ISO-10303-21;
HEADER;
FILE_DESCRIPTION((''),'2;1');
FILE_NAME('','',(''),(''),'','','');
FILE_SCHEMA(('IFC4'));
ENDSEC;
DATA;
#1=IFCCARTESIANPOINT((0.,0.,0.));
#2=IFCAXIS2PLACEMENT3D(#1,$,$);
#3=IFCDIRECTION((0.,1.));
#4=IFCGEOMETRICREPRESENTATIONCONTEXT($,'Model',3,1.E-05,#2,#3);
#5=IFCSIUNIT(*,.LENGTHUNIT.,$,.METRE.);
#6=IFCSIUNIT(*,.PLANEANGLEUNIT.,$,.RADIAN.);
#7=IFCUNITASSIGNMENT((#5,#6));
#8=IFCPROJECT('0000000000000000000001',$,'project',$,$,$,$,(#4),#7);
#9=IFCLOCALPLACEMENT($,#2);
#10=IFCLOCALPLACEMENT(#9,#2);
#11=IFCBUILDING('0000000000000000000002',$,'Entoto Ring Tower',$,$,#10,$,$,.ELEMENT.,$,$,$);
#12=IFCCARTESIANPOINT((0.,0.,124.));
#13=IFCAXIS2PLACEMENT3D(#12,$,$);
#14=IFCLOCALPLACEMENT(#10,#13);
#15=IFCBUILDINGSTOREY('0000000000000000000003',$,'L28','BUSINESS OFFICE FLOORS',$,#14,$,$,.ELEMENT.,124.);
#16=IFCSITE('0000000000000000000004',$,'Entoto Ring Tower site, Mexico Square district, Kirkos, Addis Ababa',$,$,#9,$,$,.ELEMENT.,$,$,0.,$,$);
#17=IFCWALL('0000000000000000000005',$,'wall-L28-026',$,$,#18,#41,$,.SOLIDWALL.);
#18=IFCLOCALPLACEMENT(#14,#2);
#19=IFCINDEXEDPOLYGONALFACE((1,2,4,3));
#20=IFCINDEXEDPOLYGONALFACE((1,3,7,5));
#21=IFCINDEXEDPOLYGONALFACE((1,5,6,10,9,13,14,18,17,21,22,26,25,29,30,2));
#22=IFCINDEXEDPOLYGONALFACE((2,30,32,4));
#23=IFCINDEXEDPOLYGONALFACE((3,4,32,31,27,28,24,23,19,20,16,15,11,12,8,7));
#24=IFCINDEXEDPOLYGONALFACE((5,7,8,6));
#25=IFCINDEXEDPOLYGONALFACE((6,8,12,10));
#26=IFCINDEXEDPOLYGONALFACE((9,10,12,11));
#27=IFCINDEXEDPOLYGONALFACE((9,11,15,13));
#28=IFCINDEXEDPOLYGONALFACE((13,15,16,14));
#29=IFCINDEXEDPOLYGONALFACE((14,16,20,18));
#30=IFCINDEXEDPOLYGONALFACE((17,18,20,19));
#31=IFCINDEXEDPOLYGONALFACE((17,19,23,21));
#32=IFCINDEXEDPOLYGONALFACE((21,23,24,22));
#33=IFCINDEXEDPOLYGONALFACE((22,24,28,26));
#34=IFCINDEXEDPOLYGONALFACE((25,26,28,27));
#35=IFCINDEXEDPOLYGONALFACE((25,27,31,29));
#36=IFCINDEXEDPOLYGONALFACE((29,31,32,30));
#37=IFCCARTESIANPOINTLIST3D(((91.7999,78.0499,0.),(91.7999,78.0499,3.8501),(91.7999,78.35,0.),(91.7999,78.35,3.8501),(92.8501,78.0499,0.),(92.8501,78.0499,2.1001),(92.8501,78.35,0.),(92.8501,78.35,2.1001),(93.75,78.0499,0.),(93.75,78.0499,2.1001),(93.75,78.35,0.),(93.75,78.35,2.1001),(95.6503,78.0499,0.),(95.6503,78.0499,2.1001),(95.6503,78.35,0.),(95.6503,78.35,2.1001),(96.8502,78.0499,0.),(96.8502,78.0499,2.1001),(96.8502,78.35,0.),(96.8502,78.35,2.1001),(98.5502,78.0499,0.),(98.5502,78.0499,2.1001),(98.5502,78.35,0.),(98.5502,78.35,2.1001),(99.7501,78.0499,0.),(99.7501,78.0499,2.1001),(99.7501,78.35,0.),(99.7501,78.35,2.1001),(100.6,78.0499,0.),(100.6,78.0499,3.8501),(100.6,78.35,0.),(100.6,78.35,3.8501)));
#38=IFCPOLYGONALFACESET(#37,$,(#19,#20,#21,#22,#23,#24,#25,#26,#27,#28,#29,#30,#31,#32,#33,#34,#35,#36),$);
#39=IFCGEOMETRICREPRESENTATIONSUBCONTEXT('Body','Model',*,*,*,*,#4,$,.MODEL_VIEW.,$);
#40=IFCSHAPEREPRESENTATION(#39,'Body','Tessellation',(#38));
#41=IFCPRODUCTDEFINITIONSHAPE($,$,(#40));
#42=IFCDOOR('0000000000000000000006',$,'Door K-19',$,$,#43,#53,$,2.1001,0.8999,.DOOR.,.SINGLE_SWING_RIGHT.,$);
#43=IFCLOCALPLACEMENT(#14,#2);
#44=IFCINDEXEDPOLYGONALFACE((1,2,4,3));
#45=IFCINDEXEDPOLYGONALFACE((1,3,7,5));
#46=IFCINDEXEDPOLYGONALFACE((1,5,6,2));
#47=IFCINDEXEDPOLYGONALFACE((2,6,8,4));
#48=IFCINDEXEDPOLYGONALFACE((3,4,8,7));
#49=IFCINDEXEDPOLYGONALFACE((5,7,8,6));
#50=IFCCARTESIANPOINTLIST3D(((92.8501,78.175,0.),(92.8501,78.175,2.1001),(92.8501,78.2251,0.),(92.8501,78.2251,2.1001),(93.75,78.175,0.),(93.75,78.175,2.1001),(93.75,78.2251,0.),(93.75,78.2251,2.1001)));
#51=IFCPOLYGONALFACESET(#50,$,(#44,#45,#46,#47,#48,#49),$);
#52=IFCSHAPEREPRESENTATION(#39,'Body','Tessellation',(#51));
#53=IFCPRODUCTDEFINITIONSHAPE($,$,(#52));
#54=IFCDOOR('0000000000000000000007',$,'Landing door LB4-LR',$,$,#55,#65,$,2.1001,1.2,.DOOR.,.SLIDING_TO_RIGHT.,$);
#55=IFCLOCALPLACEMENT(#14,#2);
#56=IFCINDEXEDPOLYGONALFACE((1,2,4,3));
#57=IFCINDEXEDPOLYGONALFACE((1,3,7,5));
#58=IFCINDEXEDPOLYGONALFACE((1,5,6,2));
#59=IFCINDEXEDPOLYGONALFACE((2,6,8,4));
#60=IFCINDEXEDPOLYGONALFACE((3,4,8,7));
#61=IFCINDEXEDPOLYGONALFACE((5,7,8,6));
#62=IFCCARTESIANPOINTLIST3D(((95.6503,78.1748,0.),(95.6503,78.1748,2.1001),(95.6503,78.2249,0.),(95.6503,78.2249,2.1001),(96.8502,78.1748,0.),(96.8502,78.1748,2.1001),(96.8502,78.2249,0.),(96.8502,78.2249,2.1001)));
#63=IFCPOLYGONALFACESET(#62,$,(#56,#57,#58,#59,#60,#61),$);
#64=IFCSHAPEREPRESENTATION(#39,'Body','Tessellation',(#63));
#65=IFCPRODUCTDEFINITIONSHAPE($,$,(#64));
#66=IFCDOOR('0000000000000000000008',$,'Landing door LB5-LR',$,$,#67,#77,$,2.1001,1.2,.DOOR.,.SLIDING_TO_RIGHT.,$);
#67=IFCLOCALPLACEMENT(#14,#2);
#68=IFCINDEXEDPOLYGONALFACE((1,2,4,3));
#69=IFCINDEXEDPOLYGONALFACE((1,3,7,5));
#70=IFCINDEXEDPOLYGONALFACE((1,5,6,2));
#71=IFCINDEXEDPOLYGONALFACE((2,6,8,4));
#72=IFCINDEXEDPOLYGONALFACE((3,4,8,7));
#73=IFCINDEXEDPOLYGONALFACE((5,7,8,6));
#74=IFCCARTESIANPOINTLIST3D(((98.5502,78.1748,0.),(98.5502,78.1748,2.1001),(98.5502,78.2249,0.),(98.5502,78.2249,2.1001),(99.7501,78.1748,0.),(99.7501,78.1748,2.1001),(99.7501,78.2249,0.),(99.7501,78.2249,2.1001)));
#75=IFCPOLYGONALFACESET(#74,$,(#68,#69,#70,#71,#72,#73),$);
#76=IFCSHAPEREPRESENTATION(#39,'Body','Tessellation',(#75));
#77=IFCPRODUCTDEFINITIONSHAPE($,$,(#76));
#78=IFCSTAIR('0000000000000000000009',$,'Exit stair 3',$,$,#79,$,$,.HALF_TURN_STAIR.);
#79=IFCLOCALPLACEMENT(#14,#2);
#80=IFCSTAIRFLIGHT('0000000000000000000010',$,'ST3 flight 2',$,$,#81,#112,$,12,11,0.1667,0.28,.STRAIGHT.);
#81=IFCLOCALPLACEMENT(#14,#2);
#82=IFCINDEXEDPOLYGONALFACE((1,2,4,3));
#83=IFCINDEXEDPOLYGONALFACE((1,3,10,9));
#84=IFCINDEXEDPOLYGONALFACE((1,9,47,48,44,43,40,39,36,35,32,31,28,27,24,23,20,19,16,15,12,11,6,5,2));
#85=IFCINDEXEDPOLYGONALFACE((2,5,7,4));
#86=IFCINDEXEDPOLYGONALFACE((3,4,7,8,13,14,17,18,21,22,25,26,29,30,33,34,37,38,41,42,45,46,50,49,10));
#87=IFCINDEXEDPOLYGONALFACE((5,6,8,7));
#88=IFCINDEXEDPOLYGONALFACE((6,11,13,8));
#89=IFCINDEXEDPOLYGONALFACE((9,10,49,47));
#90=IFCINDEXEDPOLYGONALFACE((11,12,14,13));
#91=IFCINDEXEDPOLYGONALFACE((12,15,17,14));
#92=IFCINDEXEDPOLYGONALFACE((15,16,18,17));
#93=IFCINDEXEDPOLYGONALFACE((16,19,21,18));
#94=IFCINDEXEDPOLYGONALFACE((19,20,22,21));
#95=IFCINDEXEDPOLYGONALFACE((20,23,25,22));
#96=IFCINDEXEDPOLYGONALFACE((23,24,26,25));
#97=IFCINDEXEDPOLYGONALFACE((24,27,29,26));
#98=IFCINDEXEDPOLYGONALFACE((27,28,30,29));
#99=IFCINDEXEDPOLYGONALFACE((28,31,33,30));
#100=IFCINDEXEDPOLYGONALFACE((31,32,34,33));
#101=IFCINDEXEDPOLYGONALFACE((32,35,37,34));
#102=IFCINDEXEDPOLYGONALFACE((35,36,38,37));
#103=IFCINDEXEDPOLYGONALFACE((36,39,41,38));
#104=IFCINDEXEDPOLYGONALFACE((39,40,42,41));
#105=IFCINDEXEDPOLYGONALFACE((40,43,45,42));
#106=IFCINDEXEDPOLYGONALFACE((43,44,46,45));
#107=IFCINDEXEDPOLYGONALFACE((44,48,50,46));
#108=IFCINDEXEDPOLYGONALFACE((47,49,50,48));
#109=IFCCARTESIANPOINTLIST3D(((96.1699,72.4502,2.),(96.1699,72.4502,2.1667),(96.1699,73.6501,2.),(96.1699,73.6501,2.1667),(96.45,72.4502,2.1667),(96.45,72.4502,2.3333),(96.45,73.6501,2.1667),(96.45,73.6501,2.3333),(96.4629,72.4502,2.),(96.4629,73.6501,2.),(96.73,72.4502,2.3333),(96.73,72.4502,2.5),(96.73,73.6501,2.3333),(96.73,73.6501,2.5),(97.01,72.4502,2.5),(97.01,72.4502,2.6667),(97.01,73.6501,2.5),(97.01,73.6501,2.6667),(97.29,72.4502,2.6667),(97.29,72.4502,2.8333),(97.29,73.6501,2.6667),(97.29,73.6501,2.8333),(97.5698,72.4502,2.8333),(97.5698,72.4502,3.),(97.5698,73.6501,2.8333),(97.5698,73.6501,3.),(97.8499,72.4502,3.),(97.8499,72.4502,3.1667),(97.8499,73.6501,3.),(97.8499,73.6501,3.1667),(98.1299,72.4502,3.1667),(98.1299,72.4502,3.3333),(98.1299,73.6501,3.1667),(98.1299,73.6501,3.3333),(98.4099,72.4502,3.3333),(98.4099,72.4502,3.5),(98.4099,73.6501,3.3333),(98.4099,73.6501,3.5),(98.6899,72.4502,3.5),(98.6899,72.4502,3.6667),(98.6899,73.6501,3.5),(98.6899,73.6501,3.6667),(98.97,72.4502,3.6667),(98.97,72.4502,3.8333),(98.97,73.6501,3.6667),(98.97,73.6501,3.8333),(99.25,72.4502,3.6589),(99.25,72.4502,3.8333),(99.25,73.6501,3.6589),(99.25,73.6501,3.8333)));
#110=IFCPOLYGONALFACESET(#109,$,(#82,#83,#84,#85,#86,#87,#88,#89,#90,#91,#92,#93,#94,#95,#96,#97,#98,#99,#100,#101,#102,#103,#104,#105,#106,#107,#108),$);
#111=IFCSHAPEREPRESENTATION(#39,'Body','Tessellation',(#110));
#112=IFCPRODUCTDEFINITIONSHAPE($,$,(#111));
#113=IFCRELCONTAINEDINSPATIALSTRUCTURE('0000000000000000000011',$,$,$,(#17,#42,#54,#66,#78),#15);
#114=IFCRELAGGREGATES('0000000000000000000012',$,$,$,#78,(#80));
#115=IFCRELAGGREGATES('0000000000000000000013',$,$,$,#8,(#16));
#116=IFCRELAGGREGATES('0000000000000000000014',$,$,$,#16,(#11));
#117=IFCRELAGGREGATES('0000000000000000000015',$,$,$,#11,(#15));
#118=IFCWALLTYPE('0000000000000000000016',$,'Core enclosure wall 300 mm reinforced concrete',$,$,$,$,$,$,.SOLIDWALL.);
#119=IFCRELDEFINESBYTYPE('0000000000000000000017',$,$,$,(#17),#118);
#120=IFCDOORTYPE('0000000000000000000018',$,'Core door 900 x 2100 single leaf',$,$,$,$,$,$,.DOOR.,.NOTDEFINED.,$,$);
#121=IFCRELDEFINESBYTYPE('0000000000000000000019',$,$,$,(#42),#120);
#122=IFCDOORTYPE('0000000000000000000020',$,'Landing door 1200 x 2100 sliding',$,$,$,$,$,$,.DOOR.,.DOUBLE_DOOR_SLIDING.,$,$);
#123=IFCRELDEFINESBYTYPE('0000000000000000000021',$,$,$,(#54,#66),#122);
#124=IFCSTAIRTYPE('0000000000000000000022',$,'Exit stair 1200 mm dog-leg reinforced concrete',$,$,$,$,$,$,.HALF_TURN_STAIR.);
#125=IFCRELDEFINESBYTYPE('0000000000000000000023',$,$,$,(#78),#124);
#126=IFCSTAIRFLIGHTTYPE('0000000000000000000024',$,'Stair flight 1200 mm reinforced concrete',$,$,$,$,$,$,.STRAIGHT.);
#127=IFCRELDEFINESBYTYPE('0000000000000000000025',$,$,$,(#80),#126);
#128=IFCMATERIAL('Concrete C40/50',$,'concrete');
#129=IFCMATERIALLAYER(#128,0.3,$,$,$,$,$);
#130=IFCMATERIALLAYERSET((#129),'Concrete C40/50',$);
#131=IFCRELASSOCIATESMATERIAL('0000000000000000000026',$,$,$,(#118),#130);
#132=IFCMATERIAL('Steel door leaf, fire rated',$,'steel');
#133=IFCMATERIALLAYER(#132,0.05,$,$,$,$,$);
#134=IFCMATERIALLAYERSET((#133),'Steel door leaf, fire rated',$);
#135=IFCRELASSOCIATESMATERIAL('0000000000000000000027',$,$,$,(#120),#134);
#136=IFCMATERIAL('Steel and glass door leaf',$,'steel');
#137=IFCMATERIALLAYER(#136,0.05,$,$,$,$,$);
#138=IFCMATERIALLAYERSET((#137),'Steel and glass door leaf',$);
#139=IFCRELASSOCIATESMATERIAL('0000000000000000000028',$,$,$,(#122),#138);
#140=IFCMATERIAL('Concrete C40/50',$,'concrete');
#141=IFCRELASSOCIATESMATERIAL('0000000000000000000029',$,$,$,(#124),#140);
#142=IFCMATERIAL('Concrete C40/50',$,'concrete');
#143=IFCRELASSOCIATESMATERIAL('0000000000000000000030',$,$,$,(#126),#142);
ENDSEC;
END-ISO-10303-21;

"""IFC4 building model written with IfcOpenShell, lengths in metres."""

from ifc_helpers import new_model, si_unit, direction, frame, frame_2d, origin, place, context, subcontext, project, spatial, polyline, rectangle, outline, extrude, material, layer, layer_set, type_object, element, fill, aggregate, save


model = new_model("IFC4")

# Units and contexts
model_context = context("Model", 3, precision=1e-05, world=origin(), true_north=direction((0.0, 1.0)))
body_context = subcontext(model_context, "Body", "Model", "MODEL_VIEW")
ifc_project = project(units=[si_unit("LENGTHUNIT", "METRE"), si_unit("PLANEANGLEUNIT", "RADIAN")], contexts=[model_context])

# Site, building, storey
site_placement = place(None, origin())
site = spatial("IfcSite", under=ifc_project, at=site_placement, Name="Entoto Ring Tower site, Mexico Square district, Kirkos, Addis Ababa", CompositionType="ELEMENT", RefElevation=0.0)
building_placement = place(site_placement, origin())
building = spatial("IfcBuilding", under=site, at=building_placement, Name="Entoto Ring Tower", CompositionType="ELEMENT")
storey_placement = place(building_placement, frame((0.0, 0.0, 124.0)))
storey = spatial("IfcBuildingStorey", under=building, at=storey_placement, Name="L28", Description="BUSINESS OFFICE FLOORS", CompositionType="ELEMENT", Elevation=124.0)

# Shared definitions
ifc_material_1 = material(Name="Concrete C40/50", Category="concrete")
ifc_layer_1 = layer(ifc_material_1, 0.3)
ifc_layer_set_1 = layer_set([ifc_layer_1], Name="Concrete C40/50")
wall_type = type_object("IfcWallType", Name="Core enclosure wall 300 mm reinforced concrete", PredefinedType="SOLIDWALL", material=ifc_layer_set_1)

# Shared definitions
ifc_material_2 = material(Name="Steel door leaf, fire rated", Category="steel")
ifc_layer_2 = layer(ifc_material_2, 0.05)
ifc_layer_set_2 = layer_set([ifc_layer_2], Name="Steel door leaf, fire rated")
door_type_1 = type_object("IfcDoorType", Name="Core door 900 x 2100 single leaf", OperationType="NOTDEFINED", PredefinedType="DOOR", material=ifc_layer_set_2)

# Wall, openings, doors
wall_1_placement = place(storey_placement, frame((91.8, 78.2, 0.0), z_axis=(0.0, 0.0, 1.0), x_axis=(1.0, 0.0, 0.0)))
wall_1 = element("IfcWall", 1, at=wall_1_placement, inside=storey, type_object=wall_type, Name="wall-L28-026", PredefinedType="SOLIDWALL", context=body_context, shape_type="SweptSolid", body=[
    extrude(rectangle(XDim=8.8, YDim=0.3, at=frame_2d((4.3999, 0.0))), origin(), (0.0, 0.0, 1.0), 3.8501),
])
opening_1_placement = place(wall_1_placement, frame((3.8501, 0.0, 0.0)))
opening_1 = element("IfcOpeningElement", 2, at=opening_1_placement, cuts=wall_1, PredefinedType="OPENING", context=body_context, shape_type="SweptSolid", body=[
    extrude(rectangle(XDim=1.2, YDim=2.1001, at=frame_2d((0.6001, 1.05))), frame((0.0, 0.1602, 0.0), z_axis=(0.0, -1.0, 0.0), x_axis=(1.0, 0.0, 0.0)), (0.0, 0.0, 1.0), 0.3201),
])
opening_2_placement = place(wall_1_placement, frame((6.75, 0.0, 0.0)))
opening_2 = element("IfcOpeningElement", 3, at=opening_2_placement, cuts=wall_1, PredefinedType="OPENING", context=body_context, shape_type="SweptSolid", body=[
    extrude(rectangle(XDim=1.2, YDim=2.1001, at=frame_2d((0.6001, 1.05))), frame((0.0, 0.1602, 0.0), z_axis=(0.0, -1.0, 0.0), x_axis=(1.0, 0.0, 0.0)), (0.0, 0.0, 1.0), 0.3201),
])
opening_3_placement = place(wall_1_placement, frame((1.05, 0.0, 0.0)))
opening_3 = element("IfcOpeningElement", 4, at=opening_3_placement, cuts=wall_1, PredefinedType="OPENING", context=body_context, shape_type="SweptSolid", body=[
    extrude(rectangle(XDim=0.8999, YDim=2.1001, at=frame_2d((0.45, 1.05))), frame((0.0, 0.1602, 0.0), z_axis=(0.0, -1.0, 0.0), x_axis=(1.0, 0.0, 0.0)), (0.0, 0.0, 1.0), 0.3201),
])
door_1_placement = place(opening_3_placement, frame((0.8999, 0.0, 0.0), z_axis=(0.0, 0.0, 1.0), x_axis=(-1.0, 0.0, 0.0)))
door_1 = element("IfcDoor", 5, at=door_1_placement, inside=storey, type_object=door_type_1, Name="Door K-19", OperationType="SINGLE_SWING_RIGHT", OverallHeight=2.1001, OverallWidth=0.8999, PredefinedType="DOOR", context=body_context, shape_type="SweptSolid", body=[
    extrude(rectangle(XDim=0.8999, YDim=2.1001, at=frame_2d((0.45, 1.05))), frame((0.0, 0.0249, 0.0), z_axis=(0.0, -1.0, 0.0), x_axis=(1.0, 0.0, 0.0)), (0.0, 0.0, 1.0), 0.05),
])
fill(opening_3, door_1)
ifc_material_3 = material(Name="Steel and glass door leaf", Category="steel")
ifc_layer_3 = layer(ifc_material_3, 0.05)
ifc_layer_set_3 = layer_set([ifc_layer_3], Name="Steel and glass door leaf")
door_type_2 = type_object("IfcDoorType", Name="Landing door 1200 x 2100 sliding", OperationType="DOUBLE_DOOR_SLIDING", PredefinedType="DOOR", material=ifc_layer_set_3)
door_2_placement = place(opening_1_placement, origin())
door_2 = element("IfcDoor", 6, at=door_2_placement, inside=storey, type_object=door_type_2, Name="Landing door LB4-LR", OperationType="SLIDING_TO_RIGHT", OverallHeight=2.1001, OverallWidth=1.2, PredefinedType="DOOR", context=body_context, shape_type="SweptSolid", body=[
    extrude(rectangle(XDim=1.2, YDim=2.1001, at=frame_2d((0.6001, 1.05))), frame((0.0, 0.0249, 0.0), z_axis=(0.0, -1.0, 0.0), x_axis=(1.0, 0.0, 0.0)), (0.0, 0.0, 1.0), 0.05),
])
fill(opening_1, door_2)
door_3_placement = place(opening_2_placement, origin())
door_3 = element("IfcDoor", 7, at=door_3_placement, inside=storey, type_object=door_type_2, Name="Landing door LB5-LR", OperationType="SLIDING_TO_RIGHT", OverallHeight=2.1001, OverallWidth=1.2, PredefinedType="DOOR", context=body_context, shape_type="SweptSolid", body=[
    extrude(rectangle(XDim=1.2, YDim=2.1001, at=frame_2d((0.6001, 1.05))), frame((0.0, 0.0249, 0.0), z_axis=(0.0, -1.0, 0.0), x_axis=(1.0, 0.0, 0.0)), (0.0, 0.0, 1.0), 0.05),
])
fill(opening_2, door_3)

# Stair, stair flight
ifc_material_4 = material(Name="Concrete C40/50", Category="concrete")
stair_type = type_object("IfcStairType", Name="Exit stair 1200 mm dog-leg reinforced concrete", PredefinedType="HALF_TURN_STAIR", material=ifc_material_4)
stair_placement = place(storey_placement, origin())
stair = element("IfcStair", 8, at=stair_placement, inside=storey, type_object=stair_type, Name="Exit stair 3", PredefinedType="HALF_TURN_STAIR")
ifc_material_5 = material(Name="Concrete C40/50", Category="concrete")
stair_flight_type = type_object("IfcStairFlightType", Name="Stair flight 1200 mm reinforced concrete", PredefinedType="STRAIGHT", material=ifc_material_5)
stair_flight_placement = place(storey_placement, frame((96.1699, 73.05, 2.0), z_axis=(0.0, 0.0, 1.0), x_axis=(1.0, 0.0, 0.0)))
stair_flight = element("IfcStairFlight", 9, at=stair_flight_placement, type_object=stair_flight_type, Name="ST3 flight 2", NumberOfRisers=12, NumberOfTreads=11, PredefinedType="STRAIGHT", RiserHeight=0.1667, TreadLength=0.28, context=body_context, shape_type="SweptSolid", body=[
    extrude(outline(polyline([(0.0, 0.0), (0.0, 0.1667), (0.28, 0.1667), (0.28, 0.3333), (0.5601, 0.3333), (0.5601, 0.5), (0.8401, 0.5), (0.8401, 0.6667), (1.1201, 0.6667), (1.1201, 0.8333), (1.3999, 0.8333), (1.3999, 1.0), (1.6799, 1.0), (1.6799, 1.1667), (1.96, 1.1667), (1.96, 1.3333), (2.24, 1.3333), (2.24, 1.5), (2.52, 1.5), (2.52, 1.6667), (2.8, 1.6667), (2.8, 1.8333), (3.0801, 1.8333), (3.0801, 2.0), (3.0801, 1.6589), (0.293, 0.0), (0.0, 0.0)])), frame((0.0, 0.6001, 0.0), z_axis=(0.0, -1.0, 0.0), x_axis=(1.0, 0.0, 0.0)), (0.0, 0.0, 1.0), 1.2),
])
aggregate(stair, [stair_flight])

save(model, "model.ifc")
